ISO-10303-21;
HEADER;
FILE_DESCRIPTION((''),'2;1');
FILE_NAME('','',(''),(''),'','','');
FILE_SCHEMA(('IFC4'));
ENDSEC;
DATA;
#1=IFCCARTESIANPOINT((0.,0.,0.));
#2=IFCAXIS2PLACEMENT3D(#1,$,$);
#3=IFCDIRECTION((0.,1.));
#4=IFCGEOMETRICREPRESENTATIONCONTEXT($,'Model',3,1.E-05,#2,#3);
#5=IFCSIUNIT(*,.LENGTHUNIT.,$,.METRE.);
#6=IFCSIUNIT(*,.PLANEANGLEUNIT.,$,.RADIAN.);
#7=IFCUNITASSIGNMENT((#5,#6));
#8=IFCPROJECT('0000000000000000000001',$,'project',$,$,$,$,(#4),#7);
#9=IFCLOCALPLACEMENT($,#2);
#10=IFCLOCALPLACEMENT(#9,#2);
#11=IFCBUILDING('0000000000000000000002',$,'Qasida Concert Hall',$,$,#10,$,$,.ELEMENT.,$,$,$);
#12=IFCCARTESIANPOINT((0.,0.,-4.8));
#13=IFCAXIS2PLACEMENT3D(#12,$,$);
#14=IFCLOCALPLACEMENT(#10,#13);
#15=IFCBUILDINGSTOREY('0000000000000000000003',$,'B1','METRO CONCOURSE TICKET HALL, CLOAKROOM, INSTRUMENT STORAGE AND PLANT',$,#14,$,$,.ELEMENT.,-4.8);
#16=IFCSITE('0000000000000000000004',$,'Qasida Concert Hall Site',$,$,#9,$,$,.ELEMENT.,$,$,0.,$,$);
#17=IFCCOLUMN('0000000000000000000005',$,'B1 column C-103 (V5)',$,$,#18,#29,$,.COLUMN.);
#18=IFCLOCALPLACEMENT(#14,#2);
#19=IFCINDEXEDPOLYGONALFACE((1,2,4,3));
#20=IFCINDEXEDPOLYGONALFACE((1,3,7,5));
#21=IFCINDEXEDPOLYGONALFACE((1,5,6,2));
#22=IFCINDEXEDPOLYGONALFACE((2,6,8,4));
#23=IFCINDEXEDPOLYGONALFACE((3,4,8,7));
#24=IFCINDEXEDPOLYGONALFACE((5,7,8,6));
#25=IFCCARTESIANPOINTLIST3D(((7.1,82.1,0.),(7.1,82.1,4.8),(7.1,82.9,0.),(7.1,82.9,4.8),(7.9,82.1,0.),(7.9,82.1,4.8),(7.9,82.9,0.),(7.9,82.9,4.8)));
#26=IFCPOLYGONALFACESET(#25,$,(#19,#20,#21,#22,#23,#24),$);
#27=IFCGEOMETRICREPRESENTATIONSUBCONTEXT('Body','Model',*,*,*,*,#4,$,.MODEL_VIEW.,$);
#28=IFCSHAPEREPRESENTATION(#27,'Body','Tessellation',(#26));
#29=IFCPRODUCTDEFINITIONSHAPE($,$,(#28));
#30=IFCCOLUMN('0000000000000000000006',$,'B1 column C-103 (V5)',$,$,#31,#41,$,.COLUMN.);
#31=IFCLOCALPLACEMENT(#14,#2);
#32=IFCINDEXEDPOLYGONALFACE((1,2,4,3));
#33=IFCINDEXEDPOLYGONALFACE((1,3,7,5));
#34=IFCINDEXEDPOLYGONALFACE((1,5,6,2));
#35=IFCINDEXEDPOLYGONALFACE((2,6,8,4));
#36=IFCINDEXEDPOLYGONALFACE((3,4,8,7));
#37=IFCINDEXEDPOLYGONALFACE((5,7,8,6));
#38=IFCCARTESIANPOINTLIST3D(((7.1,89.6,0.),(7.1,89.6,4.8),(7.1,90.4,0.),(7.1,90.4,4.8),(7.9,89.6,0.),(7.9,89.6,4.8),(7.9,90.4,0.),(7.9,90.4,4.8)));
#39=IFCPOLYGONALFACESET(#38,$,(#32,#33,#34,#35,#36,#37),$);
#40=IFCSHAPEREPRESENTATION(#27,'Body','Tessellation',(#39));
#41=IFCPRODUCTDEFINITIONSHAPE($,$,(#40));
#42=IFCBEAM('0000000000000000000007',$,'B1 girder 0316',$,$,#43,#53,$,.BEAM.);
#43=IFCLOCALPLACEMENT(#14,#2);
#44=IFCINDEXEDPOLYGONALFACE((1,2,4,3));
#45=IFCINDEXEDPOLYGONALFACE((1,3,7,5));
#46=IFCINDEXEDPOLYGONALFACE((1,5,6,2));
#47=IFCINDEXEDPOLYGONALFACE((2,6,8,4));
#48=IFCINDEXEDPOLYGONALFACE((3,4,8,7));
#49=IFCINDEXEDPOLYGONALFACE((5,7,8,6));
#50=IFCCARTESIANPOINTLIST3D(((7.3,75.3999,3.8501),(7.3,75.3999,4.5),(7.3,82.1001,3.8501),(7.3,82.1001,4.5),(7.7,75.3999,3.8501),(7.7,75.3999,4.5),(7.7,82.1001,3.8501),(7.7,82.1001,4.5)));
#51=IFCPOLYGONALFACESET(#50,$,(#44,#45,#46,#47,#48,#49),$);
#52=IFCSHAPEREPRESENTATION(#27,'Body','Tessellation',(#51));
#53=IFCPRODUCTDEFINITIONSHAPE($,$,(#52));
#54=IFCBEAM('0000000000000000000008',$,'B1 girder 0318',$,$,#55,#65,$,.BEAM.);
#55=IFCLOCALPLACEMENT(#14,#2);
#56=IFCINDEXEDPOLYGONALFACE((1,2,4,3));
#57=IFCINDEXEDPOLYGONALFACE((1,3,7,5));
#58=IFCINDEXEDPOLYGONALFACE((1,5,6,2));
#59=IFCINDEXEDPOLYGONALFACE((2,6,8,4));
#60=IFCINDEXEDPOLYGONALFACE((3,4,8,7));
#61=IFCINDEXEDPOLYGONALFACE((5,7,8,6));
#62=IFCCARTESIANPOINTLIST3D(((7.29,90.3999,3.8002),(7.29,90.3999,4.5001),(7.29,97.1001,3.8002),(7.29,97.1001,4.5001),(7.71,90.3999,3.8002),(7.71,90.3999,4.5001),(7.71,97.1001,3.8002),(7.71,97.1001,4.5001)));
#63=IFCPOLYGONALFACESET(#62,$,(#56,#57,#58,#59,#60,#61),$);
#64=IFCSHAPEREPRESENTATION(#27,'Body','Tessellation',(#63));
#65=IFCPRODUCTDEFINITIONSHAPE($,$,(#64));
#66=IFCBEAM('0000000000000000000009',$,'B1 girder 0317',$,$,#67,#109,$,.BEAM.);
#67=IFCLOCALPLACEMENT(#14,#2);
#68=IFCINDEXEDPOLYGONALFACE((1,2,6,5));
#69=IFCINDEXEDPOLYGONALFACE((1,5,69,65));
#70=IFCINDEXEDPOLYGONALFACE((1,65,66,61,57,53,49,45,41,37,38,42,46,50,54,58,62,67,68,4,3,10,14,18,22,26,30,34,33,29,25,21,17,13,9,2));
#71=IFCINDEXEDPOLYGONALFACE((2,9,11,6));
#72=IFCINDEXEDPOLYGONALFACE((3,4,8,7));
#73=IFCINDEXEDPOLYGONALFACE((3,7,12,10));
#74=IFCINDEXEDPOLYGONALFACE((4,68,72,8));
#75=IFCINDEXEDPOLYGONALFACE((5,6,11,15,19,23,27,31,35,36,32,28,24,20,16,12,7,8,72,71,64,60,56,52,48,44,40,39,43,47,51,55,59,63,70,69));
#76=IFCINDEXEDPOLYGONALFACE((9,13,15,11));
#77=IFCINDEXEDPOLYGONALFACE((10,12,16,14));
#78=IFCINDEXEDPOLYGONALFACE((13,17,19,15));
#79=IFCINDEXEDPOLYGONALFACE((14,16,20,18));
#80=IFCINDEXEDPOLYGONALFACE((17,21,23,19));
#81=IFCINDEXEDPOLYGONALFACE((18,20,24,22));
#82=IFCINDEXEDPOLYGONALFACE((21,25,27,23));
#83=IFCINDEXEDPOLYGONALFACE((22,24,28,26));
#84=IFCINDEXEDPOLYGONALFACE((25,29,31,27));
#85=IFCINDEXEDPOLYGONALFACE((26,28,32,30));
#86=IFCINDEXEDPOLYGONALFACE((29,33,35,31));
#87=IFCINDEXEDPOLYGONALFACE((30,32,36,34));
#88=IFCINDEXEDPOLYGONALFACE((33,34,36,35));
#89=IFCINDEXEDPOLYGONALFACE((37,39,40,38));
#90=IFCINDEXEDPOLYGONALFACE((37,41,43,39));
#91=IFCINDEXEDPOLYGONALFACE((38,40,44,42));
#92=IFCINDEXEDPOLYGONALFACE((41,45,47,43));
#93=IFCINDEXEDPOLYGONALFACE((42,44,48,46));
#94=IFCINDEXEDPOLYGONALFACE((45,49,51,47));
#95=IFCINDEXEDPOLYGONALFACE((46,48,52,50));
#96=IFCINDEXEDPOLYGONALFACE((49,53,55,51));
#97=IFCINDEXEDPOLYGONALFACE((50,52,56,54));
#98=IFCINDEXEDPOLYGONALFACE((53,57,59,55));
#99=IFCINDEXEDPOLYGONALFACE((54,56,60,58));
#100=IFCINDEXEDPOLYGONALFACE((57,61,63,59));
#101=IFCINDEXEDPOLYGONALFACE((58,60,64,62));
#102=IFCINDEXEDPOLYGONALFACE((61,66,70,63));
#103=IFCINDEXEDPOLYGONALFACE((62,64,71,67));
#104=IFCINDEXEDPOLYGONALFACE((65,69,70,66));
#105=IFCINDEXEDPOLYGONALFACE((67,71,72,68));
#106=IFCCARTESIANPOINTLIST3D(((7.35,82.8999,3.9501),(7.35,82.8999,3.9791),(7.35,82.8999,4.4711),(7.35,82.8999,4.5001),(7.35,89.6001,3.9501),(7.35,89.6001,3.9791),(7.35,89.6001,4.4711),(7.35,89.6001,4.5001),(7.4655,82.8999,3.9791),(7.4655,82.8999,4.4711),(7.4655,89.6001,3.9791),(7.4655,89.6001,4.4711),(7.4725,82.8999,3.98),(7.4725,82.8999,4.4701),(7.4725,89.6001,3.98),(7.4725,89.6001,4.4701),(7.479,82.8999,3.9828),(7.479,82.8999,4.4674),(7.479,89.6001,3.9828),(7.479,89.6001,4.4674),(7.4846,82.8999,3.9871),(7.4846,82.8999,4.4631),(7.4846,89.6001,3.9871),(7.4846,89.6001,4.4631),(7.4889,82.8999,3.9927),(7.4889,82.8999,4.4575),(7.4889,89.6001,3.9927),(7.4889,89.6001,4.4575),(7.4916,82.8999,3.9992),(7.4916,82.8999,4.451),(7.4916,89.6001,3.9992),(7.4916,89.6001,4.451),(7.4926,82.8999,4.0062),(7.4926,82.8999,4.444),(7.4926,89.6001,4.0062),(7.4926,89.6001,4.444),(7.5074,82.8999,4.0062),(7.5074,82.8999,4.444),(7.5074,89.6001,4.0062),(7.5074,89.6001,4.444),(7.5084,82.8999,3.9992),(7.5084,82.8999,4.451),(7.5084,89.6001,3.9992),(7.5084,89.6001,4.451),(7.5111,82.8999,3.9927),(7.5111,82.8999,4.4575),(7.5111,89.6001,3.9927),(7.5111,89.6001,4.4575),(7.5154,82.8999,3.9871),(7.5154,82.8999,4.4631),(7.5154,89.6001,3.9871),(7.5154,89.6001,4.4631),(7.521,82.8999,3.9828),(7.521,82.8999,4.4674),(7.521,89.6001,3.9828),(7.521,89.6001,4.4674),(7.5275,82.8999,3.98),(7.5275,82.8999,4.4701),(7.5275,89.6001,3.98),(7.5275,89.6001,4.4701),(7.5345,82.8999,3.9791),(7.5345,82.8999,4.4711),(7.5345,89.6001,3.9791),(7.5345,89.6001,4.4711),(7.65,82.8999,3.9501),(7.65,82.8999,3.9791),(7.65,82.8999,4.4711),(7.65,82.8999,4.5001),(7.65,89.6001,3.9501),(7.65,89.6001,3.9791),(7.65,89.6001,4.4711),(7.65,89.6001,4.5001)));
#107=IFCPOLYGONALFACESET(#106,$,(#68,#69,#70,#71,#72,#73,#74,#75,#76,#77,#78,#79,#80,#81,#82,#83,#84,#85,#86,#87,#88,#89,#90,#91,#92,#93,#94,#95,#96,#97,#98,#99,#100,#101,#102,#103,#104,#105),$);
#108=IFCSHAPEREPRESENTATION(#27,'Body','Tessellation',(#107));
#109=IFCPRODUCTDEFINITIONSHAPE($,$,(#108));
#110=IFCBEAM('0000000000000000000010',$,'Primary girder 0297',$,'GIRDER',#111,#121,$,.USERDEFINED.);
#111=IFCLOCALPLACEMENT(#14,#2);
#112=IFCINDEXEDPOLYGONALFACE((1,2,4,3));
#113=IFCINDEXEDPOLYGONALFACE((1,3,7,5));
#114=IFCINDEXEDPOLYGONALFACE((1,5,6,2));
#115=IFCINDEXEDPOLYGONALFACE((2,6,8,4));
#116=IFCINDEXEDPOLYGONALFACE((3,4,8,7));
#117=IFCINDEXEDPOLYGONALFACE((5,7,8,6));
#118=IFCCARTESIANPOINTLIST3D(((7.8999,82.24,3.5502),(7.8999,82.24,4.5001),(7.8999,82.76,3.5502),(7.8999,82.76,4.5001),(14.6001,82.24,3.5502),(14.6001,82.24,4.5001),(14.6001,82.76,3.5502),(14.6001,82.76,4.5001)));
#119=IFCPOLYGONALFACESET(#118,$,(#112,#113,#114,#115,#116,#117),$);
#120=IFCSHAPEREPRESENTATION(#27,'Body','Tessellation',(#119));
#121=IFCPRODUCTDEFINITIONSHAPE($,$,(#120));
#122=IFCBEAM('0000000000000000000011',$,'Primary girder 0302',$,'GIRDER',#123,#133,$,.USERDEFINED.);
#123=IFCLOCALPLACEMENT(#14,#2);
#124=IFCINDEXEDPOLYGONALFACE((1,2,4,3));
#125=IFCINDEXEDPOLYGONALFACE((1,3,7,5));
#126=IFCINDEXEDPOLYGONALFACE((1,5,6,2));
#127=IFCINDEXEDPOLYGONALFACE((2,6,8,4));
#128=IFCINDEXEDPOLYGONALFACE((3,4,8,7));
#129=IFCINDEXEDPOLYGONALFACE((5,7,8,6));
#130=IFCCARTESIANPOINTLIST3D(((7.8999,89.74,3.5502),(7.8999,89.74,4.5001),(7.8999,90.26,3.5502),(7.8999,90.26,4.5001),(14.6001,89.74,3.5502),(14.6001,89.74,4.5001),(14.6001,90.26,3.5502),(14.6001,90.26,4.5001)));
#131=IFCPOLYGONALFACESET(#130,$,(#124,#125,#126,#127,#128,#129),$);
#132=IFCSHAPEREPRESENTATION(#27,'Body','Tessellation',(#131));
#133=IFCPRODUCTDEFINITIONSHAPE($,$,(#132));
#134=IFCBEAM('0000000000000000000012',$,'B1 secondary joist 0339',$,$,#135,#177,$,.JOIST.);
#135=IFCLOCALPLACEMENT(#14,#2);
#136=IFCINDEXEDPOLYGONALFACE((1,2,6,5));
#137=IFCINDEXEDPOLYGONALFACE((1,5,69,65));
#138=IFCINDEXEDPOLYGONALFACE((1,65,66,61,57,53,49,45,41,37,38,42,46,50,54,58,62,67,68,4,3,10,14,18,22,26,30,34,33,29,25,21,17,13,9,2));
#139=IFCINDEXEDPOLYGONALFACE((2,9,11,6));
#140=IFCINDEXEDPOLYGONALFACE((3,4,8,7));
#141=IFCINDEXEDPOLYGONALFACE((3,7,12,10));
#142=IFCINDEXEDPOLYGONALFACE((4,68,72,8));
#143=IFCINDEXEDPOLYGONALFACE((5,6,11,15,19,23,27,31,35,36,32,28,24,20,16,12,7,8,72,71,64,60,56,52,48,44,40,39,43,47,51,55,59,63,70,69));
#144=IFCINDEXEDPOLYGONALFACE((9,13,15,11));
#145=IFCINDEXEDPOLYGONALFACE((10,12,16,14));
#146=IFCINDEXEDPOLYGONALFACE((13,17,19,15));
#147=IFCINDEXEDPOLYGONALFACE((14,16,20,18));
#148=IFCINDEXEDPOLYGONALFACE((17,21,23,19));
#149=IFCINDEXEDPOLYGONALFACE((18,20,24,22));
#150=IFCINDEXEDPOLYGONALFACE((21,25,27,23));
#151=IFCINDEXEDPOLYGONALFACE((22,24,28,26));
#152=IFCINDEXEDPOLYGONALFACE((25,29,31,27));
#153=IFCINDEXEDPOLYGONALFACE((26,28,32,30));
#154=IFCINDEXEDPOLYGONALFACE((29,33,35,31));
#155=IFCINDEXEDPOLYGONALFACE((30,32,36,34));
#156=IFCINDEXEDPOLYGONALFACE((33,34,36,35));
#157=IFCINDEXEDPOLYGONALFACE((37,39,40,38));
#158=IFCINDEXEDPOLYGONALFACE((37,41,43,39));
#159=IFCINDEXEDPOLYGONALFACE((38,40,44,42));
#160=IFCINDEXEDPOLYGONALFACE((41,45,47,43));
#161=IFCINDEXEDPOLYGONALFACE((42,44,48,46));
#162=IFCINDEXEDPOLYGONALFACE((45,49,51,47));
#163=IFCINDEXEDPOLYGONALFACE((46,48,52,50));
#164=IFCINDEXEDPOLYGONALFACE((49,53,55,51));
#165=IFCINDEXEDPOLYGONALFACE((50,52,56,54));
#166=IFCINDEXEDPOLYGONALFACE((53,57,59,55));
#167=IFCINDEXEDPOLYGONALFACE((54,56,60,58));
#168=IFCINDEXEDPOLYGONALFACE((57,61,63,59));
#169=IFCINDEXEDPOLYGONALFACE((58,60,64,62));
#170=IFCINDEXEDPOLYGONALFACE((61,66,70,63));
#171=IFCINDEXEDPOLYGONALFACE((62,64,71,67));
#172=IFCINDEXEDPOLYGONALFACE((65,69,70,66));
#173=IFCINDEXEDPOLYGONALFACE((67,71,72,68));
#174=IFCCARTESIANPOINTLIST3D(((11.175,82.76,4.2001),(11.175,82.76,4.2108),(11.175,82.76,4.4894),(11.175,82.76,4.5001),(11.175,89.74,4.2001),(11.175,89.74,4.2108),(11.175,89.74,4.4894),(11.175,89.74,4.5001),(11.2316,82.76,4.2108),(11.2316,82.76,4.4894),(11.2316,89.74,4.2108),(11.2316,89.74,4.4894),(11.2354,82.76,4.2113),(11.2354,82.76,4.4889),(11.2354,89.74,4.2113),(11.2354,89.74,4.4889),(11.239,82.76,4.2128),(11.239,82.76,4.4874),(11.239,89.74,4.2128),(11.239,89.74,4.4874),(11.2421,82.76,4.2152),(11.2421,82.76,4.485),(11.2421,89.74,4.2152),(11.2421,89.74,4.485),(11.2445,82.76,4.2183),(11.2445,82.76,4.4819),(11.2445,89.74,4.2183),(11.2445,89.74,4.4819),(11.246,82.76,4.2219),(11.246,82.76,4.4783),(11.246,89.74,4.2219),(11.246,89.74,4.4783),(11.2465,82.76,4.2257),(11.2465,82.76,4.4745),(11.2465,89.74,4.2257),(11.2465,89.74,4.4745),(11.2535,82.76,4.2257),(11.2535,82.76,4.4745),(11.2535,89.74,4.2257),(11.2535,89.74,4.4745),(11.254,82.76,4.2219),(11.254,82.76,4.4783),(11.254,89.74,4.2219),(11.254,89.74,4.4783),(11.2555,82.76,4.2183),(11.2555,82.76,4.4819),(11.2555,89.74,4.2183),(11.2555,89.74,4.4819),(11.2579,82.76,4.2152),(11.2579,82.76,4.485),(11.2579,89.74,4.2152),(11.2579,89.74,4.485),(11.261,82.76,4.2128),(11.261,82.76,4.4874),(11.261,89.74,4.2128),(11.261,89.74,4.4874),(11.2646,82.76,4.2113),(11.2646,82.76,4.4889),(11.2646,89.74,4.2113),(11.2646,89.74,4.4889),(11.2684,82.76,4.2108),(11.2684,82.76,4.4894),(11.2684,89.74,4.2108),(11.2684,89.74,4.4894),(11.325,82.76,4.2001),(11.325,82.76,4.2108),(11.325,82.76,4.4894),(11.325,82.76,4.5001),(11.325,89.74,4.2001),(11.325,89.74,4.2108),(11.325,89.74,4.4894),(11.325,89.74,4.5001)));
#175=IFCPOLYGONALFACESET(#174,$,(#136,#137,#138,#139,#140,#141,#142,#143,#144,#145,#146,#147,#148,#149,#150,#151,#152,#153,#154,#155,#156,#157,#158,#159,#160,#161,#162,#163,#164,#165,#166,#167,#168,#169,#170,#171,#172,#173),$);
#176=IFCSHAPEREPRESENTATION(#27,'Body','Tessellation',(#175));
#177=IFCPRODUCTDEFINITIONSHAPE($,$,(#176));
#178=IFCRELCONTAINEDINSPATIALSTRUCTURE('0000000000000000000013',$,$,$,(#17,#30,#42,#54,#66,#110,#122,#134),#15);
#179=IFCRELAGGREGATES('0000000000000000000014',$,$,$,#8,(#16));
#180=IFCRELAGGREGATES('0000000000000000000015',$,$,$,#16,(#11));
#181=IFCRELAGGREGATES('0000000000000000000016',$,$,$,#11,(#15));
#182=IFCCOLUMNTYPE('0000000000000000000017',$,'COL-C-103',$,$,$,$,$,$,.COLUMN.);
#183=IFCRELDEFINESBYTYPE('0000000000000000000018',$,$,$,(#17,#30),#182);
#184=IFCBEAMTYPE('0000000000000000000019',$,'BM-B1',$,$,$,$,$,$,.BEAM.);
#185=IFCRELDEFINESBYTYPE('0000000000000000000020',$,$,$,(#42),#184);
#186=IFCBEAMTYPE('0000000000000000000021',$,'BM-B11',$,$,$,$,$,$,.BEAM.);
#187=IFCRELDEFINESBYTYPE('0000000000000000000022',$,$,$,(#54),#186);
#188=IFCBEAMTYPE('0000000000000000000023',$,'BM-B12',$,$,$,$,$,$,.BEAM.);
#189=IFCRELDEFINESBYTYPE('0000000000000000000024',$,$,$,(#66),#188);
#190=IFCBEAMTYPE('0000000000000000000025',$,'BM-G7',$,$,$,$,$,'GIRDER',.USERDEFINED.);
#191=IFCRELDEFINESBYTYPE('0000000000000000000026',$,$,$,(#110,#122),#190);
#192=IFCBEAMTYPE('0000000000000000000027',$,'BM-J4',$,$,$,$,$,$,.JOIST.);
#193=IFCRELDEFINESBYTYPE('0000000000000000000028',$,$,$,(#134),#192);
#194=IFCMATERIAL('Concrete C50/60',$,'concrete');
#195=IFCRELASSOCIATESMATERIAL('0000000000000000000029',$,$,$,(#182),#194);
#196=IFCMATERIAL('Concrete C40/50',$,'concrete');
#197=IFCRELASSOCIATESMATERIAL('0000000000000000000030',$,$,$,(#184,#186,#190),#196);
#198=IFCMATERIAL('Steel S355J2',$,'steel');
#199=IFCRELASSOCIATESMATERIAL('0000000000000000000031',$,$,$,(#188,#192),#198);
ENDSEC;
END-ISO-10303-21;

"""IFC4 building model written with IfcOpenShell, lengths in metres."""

from ifc_helpers import new_model, si_unit, direction, frame, origin, origin_2d, place, context, subcontext, project, spatial, rectangle, i_section, extrude, material, material_profile, profile_set, type_object, element, save


model = new_model("IFC4")

# Units and contexts
model_context = context("Model", 3, precision=1e-05, world=origin(), true_north=direction((0.0, 1.0)))
body_context = subcontext(model_context, "Body", "Model", "MODEL_VIEW")
ifc_project = project(units=[si_unit("LENGTHUNIT", "METRE"), si_unit("PLANEANGLEUNIT", "RADIAN")], contexts=[model_context])

# Site, building, storey
site_placement = place(None, origin())
site = spatial("IfcSite", under=ifc_project, at=site_placement, Name="Qasida Concert Hall Site", CompositionType="ELEMENT", RefElevation=0.0)
building_placement = place(site_placement, origin())
building = spatial("IfcBuilding", under=site, at=building_placement, Name="Qasida Concert Hall", CompositionType="ELEMENT")
storey_placement = place(building_placement, frame((0.0, 0.0, -4.8)))
storey = spatial("IfcBuildingStorey", under=building, at=storey_placement, Name="B1", Description="METRO CONCOURSE TICKET HALL, CLOAKROOM, INSTRUMENT STORAGE AND PLANT", CompositionType="ELEMENT", Elevation=-4.8)

# Shared definitions
ifc_material_1 = material(Name="Concrete C40/50", Category="concrete")

# Columns
ifc_material_2 = material(Name="Concrete C50/60", Category="concrete")
ifc_material_profile_1 = material_profile(ifc_material_2, rectangle(XDim=0.8, YDim=0.8, at=origin_2d()), Name="RC 800x800")
ifc_profile_set_1 = profile_set([ifc_material_profile_1], Name="Concrete C50/60")
column_type = type_object("IfcColumnType", Name="COL-C-103", PredefinedType="COLUMN", material=ifc_profile_set_1)
for number, where, z_axis, x_axis, name in (
    (1, (7.5, 82.5, 0.0), (0.0, 0.0, 1.0), (1.0, 0.0, 0.0), "B1 column C-103 (V5)"),
    (2, (7.5, 90.0, 0.0), (0.0, 0.0, 1.0), (1.0, 0.0, 0.0), "B1 column C-103 (V5)"),
):
    element("IfcColumn", number, at=place(storey_placement, frame(where, z_axis=z_axis, x_axis=x_axis)), inside=storey, type_object=column_type, Name=name, PredefinedType="COLUMN", context=body_context, shape_type="SweptSolid", body=[
        extrude(rectangle(XDim=0.8, YDim=0.8, at=origin_2d()), origin(), (0.0, 0.0, 1.0), 4.8),
    ])

# Beams
ifc_material_profile_2 = material_profile(ifc_material_1, rectangle(XDim=0.3999, YDim=0.6499, at=origin_2d()), Name="RC 400x650")
ifc_profile_set_2 = profile_set([ifc_material_profile_2], Name="Concrete C40/50")
beam_type_1 = type_object("IfcBeamType", Name="BM-B1", PredefinedType="BEAM", material=ifc_profile_set_2)
beam_1_placement = place(storey_placement, frame((7.5, 75.3999, 4.175), z_axis=(0.0, 1.0, 0.0), x_axis=(-1.0, 0.0, 0.0)))
element("IfcBeam", 3, at=beam_1_placement, inside=storey, type_object=beam_type_1, Name="B1 girder 0316", PredefinedType="BEAM", context=body_context, shape_type="SweptSolid", body=[
    extrude(rectangle(XDim=0.3999, YDim=0.6499, at=origin_2d()), origin(), (0.0, 0.0, 1.0), 6.7002),
])
ifc_material_profile_3 = material_profile(ifc_material_1, rectangle(XDim=0.4199, YDim=0.7, at=origin_2d()), Name="RC 420x700")
ifc_profile_set_3 = profile_set([ifc_material_profile_3], Name="Concrete C40/50")
beam_type_2 = type_object("IfcBeamType", Name="BM-B11", PredefinedType="BEAM", material=ifc_profile_set_3)
beam_2_placement = place(storey_placement, frame((7.5, 90.3999, 4.1501), z_axis=(0.0, 1.0, 0.0), x_axis=(-1.0, 0.0, 0.0)))
element("IfcBeam", 4, at=beam_2_placement, inside=storey, type_object=beam_type_2, Name="B1 girder 0318", PredefinedType="BEAM", context=body_context, shape_type="SweptSolid", body=[
    extrude(rectangle(XDim=0.4199, YDim=0.7, at=origin_2d()), origin(), (0.0, 0.0, 1.0), 6.7002),
])
ifc_material_3 = material(Name="Steel S355J2", Category="steel")
ifc_material_profile_4 = material_profile(ifc_material_3, i_section(OverallWidth=0.3, OverallDepth=0.55, WebThickness=0.0149, FlangeThickness=0.0291, FilletRadius=0.0271, at=origin_2d()), Name="HEB 550")
ifc_profile_set_4 = profile_set([ifc_material_profile_4], Name="Steel S355J2")
beam_type_3 = type_object("IfcBeamType", Name="BM-B12", PredefinedType="BEAM", material=ifc_profile_set_4)
beam_3_placement = place(storey_placement, frame((7.5, 82.8999, 4.2251), z_axis=(0.0, 1.0, 0.0), x_axis=(-1.0, 0.0, 0.0)))
element("IfcBeam", 5, at=beam_3_placement, inside=storey, type_object=beam_type_3, Name="B1 girder 0317", PredefinedType="BEAM", context=body_context, shape_type="SweptSolid", body=[
    extrude(i_section(OverallWidth=0.3, OverallDepth=0.55, WebThickness=0.0149, FlangeThickness=0.0291, FilletRadius=0.0271, at=origin_2d()), origin(), (0.0, 0.0, 1.0), 6.7002),
])
ifc_material_profile_5 = material_profile(ifc_material_1, rectangle(XDim=0.52, YDim=0.95, at=origin_2d()), Name="RC 520x950")
ifc_profile_set_5 = profile_set([ifc_material_profile_5], Name="Concrete C40/50")
beam_type_4 = type_object("IfcBeamType", Name="BM-G7", ElementType="GIRDER", PredefinedType="USERDEFINED", material=ifc_profile_set_5)
for number, where, z_axis, x_axis, name in (
    (6, (7.8999, 82.5, 4.0251), (1.0, 0.0, 0.0), (0.0, 1.0, 0.0), "Primary girder 0297"),
    (7, (7.8999, 90.0, 4.0251), (1.0, 0.0, 0.0), (0.0, 1.0, 0.0), "Primary girder 0302"),
):
    element("IfcBeam", number, at=place(storey_placement, frame(where, z_axis=z_axis, x_axis=x_axis)), inside=storey, type_object=beam_type_4, Name=name, ObjectType="GIRDER", PredefinedType="USERDEFINED", context=body_context, shape_type="SweptSolid", body=[
        extrude(rectangle(XDim=0.52, YDim=0.95, at=origin_2d()), origin(), (0.0, 0.0, 1.0), 6.7002),
    ])
ifc_material_profile_6 = material_profile(ifc_material_3, i_section(OverallWidth=0.1499, OverallDepth=0.3, WebThickness=0.0071, FlangeThickness=0.0107, FilletRadius=0.0149, at=origin_2d()), Name="IPE 300")
ifc_profile_set_6 = profile_set([ifc_material_profile_6], Name="Steel S355J2")
beam_type_5 = type_object("IfcBeamType", Name="BM-J4", PredefinedType="JOIST", material=ifc_profile_set_6)
beam_4_placement = place(storey_placement, frame((11.25, 82.76, 4.3501), z_axis=(0.0, 1.0, 0.0), x_axis=(-1.0, 0.0, 0.0)))
element("IfcBeam", 8, at=beam_4_placement, inside=storey, type_object=beam_type_5, Name="B1 secondary joist 0339", PredefinedType="JOIST", context=body_context, shape_type="SweptSolid", body=[
    extrude(i_section(OverallWidth=0.1499, OverallDepth=0.3, WebThickness=0.0071, FlangeThickness=0.0107, FilletRadius=0.0149, at=origin_2d()), origin(), (0.0, 0.0, 1.0), 6.98),
])

save(model, "model.ifc")
